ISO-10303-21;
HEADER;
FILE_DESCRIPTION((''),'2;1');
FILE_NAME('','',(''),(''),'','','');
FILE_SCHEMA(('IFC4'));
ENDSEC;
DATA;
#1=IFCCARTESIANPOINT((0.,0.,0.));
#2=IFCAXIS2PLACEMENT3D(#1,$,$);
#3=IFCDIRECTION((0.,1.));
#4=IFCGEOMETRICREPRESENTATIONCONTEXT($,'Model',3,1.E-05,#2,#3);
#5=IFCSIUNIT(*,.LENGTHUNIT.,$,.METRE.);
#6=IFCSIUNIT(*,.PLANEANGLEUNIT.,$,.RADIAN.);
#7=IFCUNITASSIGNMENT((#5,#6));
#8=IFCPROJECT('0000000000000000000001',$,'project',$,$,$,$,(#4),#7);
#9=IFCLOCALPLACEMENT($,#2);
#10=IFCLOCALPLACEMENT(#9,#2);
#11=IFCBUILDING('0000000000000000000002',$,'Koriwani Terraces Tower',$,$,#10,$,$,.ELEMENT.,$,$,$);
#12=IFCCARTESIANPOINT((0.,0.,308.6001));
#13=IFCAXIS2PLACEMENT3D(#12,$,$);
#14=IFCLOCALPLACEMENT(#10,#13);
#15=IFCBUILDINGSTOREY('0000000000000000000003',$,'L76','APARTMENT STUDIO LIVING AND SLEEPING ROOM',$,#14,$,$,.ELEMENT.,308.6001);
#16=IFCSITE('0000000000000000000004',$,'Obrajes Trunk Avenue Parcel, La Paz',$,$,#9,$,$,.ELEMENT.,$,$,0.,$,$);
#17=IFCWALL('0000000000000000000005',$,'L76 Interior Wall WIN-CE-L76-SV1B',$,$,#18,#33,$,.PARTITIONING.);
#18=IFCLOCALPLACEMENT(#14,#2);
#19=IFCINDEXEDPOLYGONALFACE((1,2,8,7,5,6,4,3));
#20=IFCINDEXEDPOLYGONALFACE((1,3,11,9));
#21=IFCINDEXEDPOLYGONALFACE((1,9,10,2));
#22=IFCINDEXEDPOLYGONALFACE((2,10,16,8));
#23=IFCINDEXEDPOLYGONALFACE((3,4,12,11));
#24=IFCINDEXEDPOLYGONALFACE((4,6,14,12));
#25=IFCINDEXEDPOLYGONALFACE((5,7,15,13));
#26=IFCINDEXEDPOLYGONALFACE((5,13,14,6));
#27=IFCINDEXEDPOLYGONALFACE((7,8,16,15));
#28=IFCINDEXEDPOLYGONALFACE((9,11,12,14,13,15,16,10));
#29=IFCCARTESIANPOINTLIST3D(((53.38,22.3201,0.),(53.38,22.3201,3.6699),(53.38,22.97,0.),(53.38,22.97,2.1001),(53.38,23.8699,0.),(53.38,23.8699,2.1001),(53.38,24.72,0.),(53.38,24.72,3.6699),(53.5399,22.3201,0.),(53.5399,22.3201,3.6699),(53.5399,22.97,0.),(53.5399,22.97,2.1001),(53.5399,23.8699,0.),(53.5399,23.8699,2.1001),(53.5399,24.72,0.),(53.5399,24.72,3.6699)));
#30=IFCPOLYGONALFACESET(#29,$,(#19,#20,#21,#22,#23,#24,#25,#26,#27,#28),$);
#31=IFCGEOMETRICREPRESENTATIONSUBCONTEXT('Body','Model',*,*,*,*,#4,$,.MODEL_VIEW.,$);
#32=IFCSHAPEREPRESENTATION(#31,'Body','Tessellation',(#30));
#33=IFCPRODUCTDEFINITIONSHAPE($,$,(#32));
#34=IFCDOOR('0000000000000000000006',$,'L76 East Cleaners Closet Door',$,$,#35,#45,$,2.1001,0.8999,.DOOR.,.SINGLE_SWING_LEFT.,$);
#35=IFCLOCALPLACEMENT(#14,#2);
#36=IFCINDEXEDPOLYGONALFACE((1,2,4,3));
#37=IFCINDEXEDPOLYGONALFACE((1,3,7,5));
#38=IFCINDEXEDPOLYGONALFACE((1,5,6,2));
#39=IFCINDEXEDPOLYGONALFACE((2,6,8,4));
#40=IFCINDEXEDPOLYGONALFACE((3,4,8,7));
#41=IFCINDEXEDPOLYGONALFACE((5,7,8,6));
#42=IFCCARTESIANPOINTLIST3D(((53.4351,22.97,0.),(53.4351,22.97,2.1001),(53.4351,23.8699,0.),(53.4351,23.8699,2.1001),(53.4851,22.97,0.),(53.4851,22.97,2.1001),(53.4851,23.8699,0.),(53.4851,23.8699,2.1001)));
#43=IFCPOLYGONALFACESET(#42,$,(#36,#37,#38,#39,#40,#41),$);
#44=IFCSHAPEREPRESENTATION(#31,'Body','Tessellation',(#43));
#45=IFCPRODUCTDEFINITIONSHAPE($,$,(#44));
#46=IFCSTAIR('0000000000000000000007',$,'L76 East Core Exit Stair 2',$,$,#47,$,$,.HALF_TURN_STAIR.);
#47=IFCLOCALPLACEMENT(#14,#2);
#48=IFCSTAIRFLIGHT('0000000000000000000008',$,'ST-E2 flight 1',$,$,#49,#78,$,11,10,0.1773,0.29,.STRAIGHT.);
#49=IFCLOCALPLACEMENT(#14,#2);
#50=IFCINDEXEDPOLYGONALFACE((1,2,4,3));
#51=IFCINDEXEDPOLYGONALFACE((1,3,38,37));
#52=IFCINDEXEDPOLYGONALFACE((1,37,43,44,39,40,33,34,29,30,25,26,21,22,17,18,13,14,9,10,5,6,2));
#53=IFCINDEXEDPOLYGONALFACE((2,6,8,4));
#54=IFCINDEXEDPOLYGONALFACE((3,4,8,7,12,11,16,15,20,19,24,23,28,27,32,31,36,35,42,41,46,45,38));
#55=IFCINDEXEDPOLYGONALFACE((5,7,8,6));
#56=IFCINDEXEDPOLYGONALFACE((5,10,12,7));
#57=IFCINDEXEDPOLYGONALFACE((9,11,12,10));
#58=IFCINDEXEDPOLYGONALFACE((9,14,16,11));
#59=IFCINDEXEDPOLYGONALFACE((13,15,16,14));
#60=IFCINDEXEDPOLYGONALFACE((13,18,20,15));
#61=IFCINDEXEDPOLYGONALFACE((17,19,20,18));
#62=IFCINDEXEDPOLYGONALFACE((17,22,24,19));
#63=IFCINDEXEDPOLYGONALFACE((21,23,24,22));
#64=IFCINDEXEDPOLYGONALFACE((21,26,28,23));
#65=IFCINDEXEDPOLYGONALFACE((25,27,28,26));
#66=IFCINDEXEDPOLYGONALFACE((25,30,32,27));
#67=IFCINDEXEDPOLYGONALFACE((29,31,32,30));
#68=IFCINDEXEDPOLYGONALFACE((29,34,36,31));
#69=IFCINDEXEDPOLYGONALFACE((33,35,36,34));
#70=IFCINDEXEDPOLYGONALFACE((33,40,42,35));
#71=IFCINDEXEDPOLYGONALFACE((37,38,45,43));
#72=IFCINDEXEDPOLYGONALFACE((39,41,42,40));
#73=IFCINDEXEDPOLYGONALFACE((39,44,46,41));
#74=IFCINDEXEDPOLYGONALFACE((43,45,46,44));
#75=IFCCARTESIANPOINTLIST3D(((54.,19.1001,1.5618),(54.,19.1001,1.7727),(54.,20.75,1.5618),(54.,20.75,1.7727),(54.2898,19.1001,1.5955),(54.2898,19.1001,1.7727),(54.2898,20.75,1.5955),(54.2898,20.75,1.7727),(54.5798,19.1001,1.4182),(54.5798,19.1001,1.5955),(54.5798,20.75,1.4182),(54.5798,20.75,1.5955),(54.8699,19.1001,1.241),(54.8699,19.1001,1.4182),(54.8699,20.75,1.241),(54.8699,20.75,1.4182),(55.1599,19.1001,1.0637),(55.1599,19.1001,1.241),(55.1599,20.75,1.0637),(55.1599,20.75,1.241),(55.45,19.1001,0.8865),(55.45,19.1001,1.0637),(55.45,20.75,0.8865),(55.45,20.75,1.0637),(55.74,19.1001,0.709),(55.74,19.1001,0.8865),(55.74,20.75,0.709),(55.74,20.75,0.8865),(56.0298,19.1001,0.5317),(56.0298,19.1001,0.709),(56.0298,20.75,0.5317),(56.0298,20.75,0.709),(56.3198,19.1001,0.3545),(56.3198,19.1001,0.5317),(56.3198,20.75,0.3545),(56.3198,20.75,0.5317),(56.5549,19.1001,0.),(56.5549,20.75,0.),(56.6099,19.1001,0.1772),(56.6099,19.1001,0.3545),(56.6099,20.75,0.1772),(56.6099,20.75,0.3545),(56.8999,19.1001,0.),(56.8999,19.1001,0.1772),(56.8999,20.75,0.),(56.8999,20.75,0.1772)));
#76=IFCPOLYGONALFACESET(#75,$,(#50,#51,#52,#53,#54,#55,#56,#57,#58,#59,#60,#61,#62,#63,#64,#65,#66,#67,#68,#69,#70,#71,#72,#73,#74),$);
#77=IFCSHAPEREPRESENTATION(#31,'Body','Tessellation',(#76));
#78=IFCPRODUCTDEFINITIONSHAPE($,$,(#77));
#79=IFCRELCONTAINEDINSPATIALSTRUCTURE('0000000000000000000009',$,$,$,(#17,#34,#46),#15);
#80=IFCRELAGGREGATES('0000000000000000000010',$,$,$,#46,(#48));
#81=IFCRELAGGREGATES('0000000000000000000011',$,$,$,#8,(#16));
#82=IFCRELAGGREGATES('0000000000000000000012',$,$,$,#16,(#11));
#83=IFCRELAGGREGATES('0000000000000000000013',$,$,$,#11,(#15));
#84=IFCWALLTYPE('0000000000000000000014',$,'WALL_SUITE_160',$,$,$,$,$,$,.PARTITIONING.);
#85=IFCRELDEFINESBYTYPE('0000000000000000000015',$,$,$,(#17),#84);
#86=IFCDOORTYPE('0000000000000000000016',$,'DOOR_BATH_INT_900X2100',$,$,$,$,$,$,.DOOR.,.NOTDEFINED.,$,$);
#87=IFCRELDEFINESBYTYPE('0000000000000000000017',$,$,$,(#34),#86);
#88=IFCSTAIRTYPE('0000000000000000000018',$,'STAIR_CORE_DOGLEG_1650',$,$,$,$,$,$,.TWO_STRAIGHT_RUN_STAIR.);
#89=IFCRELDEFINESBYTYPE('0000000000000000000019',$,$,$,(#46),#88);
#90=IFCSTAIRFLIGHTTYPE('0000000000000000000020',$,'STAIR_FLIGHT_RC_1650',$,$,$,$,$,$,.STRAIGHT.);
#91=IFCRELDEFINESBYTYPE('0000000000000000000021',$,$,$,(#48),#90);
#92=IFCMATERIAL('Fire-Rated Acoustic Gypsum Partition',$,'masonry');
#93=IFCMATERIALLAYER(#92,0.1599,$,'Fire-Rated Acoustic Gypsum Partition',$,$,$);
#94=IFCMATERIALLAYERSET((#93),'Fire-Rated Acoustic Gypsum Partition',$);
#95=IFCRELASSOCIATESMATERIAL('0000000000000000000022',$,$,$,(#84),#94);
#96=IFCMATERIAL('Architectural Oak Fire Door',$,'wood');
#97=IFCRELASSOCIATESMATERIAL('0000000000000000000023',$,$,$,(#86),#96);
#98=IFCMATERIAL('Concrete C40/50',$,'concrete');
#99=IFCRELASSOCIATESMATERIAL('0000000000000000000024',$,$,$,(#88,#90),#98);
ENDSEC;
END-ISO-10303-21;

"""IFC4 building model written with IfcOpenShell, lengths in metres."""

from ifc_helpers import new_model, si_unit, direction, frame, frame_2d, origin, place, context, subcontext, project, spatial, polyline, rectangle, outline, extrude, material, layer, layer_set, type_object, element, fill, aggregate, save


model = new_model("IFC4")

# Units and contexts
model_context = context("Model", 3, precision=1e-05, world=origin(), true_north=direction((0.0, 1.0)))
body_context = subcontext(model_context, "Body", "Model", "MODEL_VIEW")
ifc_project = project(units=[si_unit("LENGTHUNIT", "METRE"), si_unit("PLANEANGLEUNIT", "RADIAN")], contexts=[model_context])

# Site, building, storey
site_placement = place(None, origin())
site = spatial("IfcSite", under=ifc_project, at=site_placement, Name="Obrajes Trunk Avenue Parcel, La Paz", CompositionType="ELEMENT", RefElevation=0.0)
building_placement = place(site_placement, origin())
building = spatial("IfcBuilding", under=site, at=building_placement, Name="Koriwani Terraces Tower", CompositionType="ELEMENT")
storey_placement = place(building_placement, frame((0.0, 0.0, 308.6001)))
storey = spatial("IfcBuildingStorey", under=building, at=storey_placement, Name="L76", Description="APARTMENT STUDIO LIVING AND SLEEPING ROOM", CompositionType="ELEMENT", Elevation=308.6001)

# Shared definitions
ifc_material_1 = material(Name="Concrete C40/50", Category="concrete")

# Wall, opening, door
ifc_material_2 = material(Name="Fire-Rated Acoustic Gypsum Partition", Category="masonry")
ifc_layer_1 = layer(ifc_material_2, 0.1599, Name="Fire-Rated Acoustic Gypsum Partition")
ifc_layer_set_1 = layer_set([ifc_layer_1], Name="Fire-Rated Acoustic Gypsum Partition")
wall_type_1 = type_object("IfcWallType", Name="WALL_SUITE_160", PredefinedType="PARTITIONING", material=ifc_layer_set_1)
ifc_material_3 = material(Name="Architectural Oak Fire Door", Category="wood")
door_type_1 = type_object("IfcDoorType", Name="DOOR_BATH_INT_900X2100", OperationType="NOTDEFINED", PredefinedType="DOOR", material=ifc_material_3)
wall_1_placement = place(storey_placement, frame((53.46, 22.3201, 0.0), z_axis=(0.0, 0.0, 1.0), x_axis=(0.0, 1.0, 0.0)))
wall_1 = element("IfcWall", 1, at=wall_1_placement, inside=storey, type_object=wall_type_1, Name="L76 Interior Wall WIN-CE-L76-SV1B", PredefinedType="PARTITIONING", context=body_context, shape_type="SweptSolid", body=[
    extrude(rectangle(XDim=2.3999, YDim=0.1599, at=frame_2d((1.2, 0.0))), origin(), (0.0, 0.0, 1.0), 3.6699),
])
opening_1_placement = place(wall_1_placement, frame((0.6499, 0.0, 0.0)))
opening_1 = element("IfcOpeningElement", 2, at=opening_1_placement, cuts=wall_1, PredefinedType="OPENING", context=body_context, shape_type="SweptSolid", body=[
    extrude(rectangle(XDim=0.8999, YDim=2.1001, at=frame_2d((0.45, 1.05))), frame((0.0, 0.0898, 0.0), z_axis=(0.0, -1.0, 0.0), x_axis=(1.0, 0.0, 0.0)), (0.0, 0.0, 1.0), 0.1799),
])
door_1_placement = place(opening_1_placement, origin())
door_1 = element("IfcDoor", 3, at=door_1_placement, inside=storey, type_object=door_type_1, Name="L76 East Cleaners Closet Door", OperationType="SINGLE_SWING_LEFT", OverallHeight=2.1001, OverallWidth=0.8999, PredefinedType="DOOR", context=body_context, shape_type="SweptSolid", body=[
    extrude(rectangle(XDim=0.8999, YDim=2.1001, at=frame_2d((0.45, 1.05))), frame((0.0, 0.0249, 0.0), z_axis=(0.0, -1.0, 0.0), x_axis=(1.0, 0.0, 0.0)), (0.0, 0.0, 1.0), 0.05),
])
fill(opening_1, door_1)

# Stair, stair flight
stair_type = type_object("IfcStairType", Name="STAIR_CORE_DOGLEG_1650", PredefinedType="TWO_STRAIGHT_RUN_STAIR", material=ifc_material_1)
stair_placement = place(storey_placement, origin())
stair = element("IfcStair", 4, at=stair_placement, inside=storey, type_object=stair_type, Name="L76 East Core Exit Stair 2", PredefinedType="HALF_TURN_STAIR")
stair_flight_type = type_object("IfcStairFlightType", Name="STAIR_FLIGHT_RC_1650", PredefinedType="STRAIGHT", material=ifc_material_1)
stair_flight_placement = place(storey_placement, frame((56.8999, 19.925, 0.0), z_axis=(0.0, 0.0, 1.0), x_axis=(-1.0, 0.0, 0.0)))
stair_flight = element("IfcStairFlight", 5, at=stair_flight_placement, type_object=stair_flight_type, Name="ST-E2 flight 1", NumberOfRisers=11, NumberOfTreads=10, PredefinedType="STRAIGHT", RiserHeight=0.1773, TreadLength=0.29, context=body_context, shape_type="SweptSolid", body=[
    extrude(outline(polyline([(0.0, 0.0), (0.0, 0.1772), (0.29, 0.1772), (0.29, 0.3545), (0.5801, 0.3545), (0.5801, 0.5317), (0.8701, 0.5317), (0.8701, 0.709), (1.1599, 0.709), (1.1599, 0.8865), (1.45, 0.8865), (1.45, 1.0637), (1.74, 1.0637), (1.74, 1.241), (2.03, 1.241), (2.03, 1.4182), (2.3201, 1.4182), (2.3201, 1.5955), (2.6101, 1.5955), (2.6101, 1.7727), (2.8999, 1.7727), (2.8999, 1.95), (2.8999, 1.5618), (0.345, 0.0), (0.0, 0.0)])), frame((0.0, 0.825, 0.0), z_axis=(0.0, -1.0, 0.0), x_axis=(1.0, 0.0, 0.0)), (0.0, 0.0, 1.0), 1.6499),
])
aggregate(stair, [stair_flight])

save(model, "model.ifc")
